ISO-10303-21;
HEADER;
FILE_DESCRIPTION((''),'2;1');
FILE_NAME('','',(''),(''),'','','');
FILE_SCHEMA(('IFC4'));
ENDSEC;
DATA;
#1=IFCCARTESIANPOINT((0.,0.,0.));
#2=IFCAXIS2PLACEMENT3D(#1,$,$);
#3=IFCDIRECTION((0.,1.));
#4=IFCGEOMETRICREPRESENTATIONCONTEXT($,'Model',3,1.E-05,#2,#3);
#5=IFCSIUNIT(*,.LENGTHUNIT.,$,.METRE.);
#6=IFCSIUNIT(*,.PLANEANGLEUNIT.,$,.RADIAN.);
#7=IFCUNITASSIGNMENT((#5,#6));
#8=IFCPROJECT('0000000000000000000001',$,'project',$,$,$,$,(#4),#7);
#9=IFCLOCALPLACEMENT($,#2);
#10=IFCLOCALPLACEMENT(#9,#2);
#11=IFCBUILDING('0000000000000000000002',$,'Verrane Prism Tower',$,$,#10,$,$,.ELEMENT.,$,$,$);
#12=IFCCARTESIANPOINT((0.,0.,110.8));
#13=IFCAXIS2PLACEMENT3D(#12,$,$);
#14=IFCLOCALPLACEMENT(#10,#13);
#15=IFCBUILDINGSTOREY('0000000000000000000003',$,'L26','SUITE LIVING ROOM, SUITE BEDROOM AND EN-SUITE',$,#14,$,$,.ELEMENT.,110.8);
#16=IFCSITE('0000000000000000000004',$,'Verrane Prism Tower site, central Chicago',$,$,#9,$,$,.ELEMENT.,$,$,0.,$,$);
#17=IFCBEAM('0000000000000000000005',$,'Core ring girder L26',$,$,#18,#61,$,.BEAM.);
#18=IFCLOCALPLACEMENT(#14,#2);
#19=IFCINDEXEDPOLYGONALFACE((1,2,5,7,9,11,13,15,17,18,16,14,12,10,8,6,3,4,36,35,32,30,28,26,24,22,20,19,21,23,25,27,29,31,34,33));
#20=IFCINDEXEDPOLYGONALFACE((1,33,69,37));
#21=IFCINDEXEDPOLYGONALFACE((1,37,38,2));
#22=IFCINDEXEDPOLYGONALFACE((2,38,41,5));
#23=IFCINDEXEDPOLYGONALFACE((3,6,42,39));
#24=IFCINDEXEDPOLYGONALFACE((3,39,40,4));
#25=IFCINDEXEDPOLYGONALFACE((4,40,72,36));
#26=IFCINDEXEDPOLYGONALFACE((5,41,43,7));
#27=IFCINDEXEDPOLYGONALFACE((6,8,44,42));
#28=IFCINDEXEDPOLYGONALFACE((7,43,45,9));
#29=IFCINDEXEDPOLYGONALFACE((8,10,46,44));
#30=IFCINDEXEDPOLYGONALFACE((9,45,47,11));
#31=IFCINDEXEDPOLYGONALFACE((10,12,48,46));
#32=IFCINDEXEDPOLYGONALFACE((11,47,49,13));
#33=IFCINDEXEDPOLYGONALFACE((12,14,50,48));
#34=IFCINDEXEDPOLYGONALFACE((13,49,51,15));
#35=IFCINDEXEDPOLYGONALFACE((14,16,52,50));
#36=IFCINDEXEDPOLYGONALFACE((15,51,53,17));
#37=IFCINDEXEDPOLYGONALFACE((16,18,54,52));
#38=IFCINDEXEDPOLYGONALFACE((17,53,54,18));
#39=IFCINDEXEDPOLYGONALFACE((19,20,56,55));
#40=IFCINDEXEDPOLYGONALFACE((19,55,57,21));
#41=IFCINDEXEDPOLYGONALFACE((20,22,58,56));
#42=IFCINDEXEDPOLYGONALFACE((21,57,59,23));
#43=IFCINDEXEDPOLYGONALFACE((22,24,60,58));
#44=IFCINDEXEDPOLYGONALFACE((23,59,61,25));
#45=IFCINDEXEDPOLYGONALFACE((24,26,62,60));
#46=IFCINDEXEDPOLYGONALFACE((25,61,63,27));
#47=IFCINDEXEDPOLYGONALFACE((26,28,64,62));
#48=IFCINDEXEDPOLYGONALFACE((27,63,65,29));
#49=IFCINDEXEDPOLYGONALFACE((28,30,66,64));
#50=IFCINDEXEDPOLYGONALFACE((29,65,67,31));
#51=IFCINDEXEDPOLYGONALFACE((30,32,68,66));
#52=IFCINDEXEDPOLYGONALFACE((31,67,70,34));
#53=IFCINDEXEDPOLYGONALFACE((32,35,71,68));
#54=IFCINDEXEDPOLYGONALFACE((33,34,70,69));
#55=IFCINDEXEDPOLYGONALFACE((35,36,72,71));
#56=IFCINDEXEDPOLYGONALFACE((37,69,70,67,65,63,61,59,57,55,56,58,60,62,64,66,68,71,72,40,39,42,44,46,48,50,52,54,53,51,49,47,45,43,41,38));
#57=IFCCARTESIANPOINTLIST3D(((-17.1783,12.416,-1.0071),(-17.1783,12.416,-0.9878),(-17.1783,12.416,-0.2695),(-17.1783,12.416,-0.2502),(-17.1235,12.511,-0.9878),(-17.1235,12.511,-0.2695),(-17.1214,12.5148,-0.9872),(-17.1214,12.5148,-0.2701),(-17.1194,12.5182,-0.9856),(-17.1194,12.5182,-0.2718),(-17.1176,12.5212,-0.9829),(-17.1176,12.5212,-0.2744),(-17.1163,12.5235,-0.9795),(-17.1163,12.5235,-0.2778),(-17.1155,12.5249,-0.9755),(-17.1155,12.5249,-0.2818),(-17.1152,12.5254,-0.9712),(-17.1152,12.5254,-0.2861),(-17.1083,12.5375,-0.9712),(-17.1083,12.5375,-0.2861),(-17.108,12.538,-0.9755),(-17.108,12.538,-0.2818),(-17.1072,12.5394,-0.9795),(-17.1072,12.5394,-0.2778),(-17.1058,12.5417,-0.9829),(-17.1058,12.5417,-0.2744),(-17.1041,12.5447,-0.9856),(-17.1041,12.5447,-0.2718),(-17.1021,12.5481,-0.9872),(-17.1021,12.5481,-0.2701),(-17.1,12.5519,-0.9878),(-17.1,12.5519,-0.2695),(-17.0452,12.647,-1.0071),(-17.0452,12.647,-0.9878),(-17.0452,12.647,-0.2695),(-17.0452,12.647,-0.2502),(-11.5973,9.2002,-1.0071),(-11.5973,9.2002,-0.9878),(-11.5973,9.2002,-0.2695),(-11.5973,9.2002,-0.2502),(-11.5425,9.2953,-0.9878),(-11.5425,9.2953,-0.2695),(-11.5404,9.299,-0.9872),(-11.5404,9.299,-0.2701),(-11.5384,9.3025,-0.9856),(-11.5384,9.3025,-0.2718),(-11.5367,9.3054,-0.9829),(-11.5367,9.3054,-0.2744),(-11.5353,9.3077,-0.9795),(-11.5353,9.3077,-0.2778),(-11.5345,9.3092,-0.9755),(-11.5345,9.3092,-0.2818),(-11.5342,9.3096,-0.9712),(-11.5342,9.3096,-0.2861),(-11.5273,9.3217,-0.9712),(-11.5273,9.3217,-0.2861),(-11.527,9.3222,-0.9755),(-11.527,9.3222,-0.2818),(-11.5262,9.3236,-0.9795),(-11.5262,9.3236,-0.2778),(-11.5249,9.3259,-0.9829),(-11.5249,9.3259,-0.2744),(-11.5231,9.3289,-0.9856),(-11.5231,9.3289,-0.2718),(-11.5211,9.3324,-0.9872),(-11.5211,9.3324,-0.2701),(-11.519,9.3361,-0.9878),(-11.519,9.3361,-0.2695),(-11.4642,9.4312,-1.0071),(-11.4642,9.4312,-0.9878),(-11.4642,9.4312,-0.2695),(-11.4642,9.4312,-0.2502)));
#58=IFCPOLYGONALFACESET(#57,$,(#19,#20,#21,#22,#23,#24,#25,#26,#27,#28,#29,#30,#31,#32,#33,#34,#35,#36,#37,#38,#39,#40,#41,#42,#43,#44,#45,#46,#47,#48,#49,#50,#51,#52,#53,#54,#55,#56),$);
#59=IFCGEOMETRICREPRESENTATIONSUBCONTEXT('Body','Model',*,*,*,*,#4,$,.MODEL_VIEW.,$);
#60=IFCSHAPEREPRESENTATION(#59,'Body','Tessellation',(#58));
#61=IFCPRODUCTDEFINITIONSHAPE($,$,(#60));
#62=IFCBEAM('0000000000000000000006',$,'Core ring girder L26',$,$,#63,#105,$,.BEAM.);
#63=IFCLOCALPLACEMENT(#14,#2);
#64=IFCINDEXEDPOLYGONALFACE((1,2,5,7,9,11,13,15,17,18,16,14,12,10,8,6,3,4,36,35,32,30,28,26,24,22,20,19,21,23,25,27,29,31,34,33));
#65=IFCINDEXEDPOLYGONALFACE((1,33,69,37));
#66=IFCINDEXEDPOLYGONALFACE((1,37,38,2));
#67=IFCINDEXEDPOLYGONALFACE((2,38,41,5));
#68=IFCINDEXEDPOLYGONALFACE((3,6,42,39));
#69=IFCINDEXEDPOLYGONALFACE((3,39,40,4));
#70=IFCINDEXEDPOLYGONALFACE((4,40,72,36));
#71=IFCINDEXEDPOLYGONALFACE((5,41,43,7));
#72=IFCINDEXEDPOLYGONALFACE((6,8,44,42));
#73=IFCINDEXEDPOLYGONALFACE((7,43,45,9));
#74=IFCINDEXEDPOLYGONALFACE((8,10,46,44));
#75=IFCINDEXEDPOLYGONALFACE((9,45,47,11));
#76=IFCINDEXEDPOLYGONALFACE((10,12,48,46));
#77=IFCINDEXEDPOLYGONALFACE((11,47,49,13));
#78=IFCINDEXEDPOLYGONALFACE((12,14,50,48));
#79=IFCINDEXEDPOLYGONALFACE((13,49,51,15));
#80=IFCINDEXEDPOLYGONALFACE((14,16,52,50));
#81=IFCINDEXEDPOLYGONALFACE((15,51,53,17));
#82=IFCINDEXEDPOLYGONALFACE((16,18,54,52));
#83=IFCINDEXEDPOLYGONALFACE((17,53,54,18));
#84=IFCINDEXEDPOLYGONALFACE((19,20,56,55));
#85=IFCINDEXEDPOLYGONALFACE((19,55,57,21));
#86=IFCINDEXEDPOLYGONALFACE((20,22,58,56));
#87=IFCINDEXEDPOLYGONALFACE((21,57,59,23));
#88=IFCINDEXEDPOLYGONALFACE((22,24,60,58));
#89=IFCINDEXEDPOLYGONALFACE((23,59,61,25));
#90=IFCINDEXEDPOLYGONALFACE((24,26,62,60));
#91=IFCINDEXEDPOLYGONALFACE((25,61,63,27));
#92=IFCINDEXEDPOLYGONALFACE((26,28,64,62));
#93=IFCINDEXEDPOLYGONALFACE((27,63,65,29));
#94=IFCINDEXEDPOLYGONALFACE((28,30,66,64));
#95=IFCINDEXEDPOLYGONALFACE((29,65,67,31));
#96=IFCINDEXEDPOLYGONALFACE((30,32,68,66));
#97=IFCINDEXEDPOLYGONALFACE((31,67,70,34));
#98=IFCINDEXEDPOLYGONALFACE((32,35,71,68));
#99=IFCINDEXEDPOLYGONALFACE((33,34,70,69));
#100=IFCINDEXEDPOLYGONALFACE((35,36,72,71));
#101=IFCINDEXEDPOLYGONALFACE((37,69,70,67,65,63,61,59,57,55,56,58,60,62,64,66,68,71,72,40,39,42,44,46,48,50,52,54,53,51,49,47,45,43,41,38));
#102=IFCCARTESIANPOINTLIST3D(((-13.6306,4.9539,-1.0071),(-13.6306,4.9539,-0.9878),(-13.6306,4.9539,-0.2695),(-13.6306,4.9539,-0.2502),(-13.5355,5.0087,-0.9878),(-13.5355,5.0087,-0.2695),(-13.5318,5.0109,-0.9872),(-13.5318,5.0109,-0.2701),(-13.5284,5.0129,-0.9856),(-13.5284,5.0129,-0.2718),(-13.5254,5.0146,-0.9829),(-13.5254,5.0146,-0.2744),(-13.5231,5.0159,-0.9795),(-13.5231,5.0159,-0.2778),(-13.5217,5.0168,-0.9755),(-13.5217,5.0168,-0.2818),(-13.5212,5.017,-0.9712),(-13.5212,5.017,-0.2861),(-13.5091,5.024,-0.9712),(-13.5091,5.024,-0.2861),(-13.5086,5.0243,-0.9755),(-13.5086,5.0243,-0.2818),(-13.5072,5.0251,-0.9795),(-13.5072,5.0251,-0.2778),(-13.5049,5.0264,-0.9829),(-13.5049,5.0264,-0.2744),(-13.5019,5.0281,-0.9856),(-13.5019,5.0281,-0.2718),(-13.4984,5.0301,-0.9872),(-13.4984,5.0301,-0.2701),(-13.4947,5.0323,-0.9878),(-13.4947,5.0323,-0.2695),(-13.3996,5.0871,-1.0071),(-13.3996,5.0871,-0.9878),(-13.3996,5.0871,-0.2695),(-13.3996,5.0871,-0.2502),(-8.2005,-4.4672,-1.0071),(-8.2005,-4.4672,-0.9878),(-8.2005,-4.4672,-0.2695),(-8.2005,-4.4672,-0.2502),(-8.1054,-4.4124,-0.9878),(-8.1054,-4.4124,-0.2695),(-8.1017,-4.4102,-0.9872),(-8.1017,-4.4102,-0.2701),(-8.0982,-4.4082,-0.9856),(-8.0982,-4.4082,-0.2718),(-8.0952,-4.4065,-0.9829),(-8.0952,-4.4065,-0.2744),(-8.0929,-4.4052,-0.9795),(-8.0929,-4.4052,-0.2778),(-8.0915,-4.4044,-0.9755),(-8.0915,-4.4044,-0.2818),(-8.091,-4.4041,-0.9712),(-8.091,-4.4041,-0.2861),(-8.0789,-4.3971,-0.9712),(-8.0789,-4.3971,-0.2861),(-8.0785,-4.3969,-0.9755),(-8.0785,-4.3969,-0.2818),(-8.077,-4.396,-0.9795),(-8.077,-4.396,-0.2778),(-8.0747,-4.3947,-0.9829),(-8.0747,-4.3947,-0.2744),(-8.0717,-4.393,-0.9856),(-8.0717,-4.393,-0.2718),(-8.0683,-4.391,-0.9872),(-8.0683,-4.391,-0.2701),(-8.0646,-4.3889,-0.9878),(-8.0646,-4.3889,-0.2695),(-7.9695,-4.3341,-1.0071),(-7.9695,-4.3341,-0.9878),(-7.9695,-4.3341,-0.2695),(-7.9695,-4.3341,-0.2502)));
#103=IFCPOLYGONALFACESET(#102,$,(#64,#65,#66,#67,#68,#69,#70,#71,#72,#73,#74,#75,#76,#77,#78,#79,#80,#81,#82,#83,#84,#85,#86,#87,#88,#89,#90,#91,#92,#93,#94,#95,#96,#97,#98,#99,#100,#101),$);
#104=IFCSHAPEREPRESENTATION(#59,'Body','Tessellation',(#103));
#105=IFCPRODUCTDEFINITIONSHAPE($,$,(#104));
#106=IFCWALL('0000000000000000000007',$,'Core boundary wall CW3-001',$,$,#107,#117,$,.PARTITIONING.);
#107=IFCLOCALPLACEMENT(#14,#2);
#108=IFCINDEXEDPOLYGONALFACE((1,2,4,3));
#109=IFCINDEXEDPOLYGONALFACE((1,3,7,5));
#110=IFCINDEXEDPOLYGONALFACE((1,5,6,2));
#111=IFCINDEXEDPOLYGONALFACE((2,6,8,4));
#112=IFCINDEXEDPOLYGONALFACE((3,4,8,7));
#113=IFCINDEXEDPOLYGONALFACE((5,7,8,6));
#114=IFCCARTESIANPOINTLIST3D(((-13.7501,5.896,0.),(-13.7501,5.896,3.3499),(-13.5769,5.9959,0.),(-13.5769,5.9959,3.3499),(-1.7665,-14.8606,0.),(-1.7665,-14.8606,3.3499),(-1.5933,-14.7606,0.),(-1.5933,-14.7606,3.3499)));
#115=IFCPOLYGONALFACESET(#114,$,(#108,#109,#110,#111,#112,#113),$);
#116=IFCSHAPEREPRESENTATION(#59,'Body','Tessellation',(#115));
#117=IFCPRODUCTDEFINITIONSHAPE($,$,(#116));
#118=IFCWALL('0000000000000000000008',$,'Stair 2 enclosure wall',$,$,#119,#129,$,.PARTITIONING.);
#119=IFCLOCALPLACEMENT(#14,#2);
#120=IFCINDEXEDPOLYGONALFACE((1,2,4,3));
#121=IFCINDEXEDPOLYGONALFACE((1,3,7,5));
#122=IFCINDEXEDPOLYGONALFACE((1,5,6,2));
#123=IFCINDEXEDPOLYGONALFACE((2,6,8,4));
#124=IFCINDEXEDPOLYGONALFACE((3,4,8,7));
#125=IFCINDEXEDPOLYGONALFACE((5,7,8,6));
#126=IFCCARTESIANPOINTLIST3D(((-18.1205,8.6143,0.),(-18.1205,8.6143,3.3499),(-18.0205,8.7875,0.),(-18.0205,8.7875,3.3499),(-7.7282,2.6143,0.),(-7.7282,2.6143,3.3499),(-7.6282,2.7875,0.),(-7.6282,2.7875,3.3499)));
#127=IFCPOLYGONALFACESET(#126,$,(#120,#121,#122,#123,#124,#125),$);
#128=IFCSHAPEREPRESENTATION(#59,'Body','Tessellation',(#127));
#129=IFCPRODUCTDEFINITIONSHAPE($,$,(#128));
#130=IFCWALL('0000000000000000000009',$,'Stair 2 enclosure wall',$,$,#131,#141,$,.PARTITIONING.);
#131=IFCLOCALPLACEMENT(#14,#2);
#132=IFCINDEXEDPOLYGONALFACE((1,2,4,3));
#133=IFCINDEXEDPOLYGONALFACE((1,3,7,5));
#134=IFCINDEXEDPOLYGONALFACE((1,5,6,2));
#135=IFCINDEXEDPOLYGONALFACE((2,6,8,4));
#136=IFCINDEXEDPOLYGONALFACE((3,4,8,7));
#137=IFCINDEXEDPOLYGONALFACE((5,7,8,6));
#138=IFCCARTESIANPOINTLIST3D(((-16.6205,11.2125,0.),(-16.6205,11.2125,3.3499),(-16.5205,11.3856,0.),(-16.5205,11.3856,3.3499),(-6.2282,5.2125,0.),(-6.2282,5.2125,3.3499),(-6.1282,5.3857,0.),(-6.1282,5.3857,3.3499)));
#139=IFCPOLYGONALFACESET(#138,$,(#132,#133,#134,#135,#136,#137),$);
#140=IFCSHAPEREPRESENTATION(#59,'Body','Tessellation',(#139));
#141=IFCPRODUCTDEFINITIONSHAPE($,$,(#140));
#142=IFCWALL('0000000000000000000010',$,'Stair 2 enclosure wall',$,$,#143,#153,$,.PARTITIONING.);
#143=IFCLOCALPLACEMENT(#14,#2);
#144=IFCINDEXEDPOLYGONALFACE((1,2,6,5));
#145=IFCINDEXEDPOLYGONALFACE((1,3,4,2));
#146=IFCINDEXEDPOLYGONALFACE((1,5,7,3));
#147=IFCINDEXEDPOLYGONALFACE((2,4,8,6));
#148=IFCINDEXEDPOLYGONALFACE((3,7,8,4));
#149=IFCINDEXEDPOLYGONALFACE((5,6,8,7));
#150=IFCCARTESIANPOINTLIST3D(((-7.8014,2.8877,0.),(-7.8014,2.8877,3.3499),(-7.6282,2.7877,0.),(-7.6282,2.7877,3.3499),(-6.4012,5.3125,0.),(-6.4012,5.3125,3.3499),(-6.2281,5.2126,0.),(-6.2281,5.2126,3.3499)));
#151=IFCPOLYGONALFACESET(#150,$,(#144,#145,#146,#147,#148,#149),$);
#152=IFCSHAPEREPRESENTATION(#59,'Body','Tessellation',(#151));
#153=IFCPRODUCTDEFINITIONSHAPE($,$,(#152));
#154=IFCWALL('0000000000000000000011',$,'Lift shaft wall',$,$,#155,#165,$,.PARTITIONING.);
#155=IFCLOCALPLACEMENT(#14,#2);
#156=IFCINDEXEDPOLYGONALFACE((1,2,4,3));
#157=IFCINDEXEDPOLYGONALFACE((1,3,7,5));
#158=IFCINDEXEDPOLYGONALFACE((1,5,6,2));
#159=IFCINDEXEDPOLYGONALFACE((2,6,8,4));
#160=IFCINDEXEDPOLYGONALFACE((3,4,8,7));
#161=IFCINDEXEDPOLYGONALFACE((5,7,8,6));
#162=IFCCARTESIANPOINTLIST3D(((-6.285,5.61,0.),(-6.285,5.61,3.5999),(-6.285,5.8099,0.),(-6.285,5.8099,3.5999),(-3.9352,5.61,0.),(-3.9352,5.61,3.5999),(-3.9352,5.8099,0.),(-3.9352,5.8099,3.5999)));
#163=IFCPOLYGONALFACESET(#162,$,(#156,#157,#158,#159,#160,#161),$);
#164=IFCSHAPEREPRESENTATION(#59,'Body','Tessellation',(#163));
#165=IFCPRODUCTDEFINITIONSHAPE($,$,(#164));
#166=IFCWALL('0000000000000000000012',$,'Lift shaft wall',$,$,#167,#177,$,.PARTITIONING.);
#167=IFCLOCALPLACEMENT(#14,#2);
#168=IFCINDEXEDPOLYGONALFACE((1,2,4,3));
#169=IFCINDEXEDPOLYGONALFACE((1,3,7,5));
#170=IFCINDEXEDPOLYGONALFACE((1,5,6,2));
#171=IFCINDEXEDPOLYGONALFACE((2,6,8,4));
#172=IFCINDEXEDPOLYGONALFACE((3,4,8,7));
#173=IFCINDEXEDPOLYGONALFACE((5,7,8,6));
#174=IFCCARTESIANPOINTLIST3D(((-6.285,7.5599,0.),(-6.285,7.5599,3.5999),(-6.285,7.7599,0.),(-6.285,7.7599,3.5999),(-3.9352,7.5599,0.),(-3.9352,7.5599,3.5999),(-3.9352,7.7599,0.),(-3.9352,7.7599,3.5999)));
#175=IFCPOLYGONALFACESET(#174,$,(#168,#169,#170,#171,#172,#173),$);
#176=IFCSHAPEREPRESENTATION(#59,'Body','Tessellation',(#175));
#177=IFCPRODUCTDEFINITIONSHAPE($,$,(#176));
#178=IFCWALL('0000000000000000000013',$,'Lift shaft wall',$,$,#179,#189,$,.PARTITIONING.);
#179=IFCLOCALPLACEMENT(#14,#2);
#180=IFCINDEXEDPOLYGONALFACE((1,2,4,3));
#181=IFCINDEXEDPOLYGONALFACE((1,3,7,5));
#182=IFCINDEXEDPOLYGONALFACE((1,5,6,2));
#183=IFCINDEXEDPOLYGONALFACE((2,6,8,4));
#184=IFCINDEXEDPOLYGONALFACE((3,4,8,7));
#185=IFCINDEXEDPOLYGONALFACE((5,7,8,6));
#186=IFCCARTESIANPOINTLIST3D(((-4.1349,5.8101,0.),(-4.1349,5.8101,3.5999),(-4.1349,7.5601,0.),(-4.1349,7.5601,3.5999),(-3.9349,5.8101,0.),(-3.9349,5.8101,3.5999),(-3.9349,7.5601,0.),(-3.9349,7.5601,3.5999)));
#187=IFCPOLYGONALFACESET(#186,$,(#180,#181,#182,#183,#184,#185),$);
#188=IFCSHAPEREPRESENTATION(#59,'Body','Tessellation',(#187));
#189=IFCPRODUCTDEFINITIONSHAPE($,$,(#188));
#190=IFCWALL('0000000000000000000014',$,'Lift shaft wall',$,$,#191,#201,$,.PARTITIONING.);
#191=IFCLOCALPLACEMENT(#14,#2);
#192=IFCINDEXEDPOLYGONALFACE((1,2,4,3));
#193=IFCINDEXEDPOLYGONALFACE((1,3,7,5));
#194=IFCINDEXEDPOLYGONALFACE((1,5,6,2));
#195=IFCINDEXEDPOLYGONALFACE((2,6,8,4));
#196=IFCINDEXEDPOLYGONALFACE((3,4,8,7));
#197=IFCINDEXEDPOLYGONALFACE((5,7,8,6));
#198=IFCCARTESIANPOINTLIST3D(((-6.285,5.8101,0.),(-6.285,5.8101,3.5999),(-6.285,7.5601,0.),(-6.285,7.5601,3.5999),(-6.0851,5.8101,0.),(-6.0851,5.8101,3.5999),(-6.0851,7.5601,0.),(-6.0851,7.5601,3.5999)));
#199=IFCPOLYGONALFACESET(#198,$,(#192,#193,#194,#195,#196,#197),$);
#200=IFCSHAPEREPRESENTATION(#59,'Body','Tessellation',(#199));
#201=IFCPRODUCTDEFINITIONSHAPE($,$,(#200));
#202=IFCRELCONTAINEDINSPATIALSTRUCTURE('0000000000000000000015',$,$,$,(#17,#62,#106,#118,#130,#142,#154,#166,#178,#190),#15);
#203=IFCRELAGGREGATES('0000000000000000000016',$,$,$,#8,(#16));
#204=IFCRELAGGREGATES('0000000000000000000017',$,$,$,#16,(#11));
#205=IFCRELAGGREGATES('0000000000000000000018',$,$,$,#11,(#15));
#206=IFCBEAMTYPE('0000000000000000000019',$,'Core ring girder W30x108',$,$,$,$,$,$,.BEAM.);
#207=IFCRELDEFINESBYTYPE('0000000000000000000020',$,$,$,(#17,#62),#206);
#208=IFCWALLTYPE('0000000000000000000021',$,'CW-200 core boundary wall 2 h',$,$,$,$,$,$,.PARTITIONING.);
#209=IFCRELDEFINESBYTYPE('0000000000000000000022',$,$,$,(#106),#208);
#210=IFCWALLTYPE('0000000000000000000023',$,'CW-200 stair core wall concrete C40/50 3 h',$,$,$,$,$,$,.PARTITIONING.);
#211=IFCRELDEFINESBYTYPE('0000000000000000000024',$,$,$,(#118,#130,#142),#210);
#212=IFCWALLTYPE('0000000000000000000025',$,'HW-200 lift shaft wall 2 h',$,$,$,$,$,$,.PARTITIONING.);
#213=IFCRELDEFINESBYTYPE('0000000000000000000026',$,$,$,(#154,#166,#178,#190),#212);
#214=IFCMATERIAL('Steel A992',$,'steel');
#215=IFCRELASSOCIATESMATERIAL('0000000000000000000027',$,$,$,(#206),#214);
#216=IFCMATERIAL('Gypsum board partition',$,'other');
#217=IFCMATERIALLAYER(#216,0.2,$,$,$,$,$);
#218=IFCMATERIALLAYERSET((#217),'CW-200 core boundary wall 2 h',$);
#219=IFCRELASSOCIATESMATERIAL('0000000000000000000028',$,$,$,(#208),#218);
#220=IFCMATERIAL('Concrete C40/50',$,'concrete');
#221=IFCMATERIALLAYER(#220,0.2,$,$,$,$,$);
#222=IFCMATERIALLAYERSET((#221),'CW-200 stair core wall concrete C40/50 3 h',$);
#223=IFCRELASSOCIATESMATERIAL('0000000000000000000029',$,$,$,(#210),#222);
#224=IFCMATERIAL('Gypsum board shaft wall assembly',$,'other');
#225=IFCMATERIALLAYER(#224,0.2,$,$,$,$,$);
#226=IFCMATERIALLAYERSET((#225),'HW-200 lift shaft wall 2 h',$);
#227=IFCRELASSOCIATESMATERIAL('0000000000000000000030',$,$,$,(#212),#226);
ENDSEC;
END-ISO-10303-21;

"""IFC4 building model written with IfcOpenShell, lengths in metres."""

from ifc_helpers import new_model, si_unit, direction, frame, frame_2d, origin, origin_2d, place, context, subcontext, project, spatial, rectangle, i_section, extrude, material, layer, layer_set, material_profile, profile_set, type_object, element, save


model = new_model("IFC4")

# Units and contexts
model_context = context("Model", 3, precision=1e-05, world=origin(), true_north=direction((0.0, 1.0)))
body_context = subcontext(model_context, "Body", "Model", "MODEL_VIEW")
ifc_project = project(units=[si_unit("LENGTHUNIT", "METRE"), si_unit("PLANEANGLEUNIT", "RADIAN")], contexts=[model_context])

# Site, building, storey
site_placement = place(None, origin())
site = spatial("IfcSite", under=ifc_project, at=site_placement, Name="Verrane Prism Tower site, central Chicago", CompositionType="ELEMENT", RefElevation=0.0)
building_placement = place(site_placement, origin())
building = spatial("IfcBuilding", under=site, at=building_placement, Name="Verrane Prism Tower", CompositionType="ELEMENT")
storey_placement = place(building_placement, frame((0.0, 0.0, 110.8)))
storey = spatial("IfcBuildingStorey", under=building, at=storey_placement, Name="L26", Description="SUITE LIVING ROOM, SUITE BEDROOM AND EN-SUITE", CompositionType="ELEMENT", Elevation=110.8)

# Beams
ifc_material_1 = material(Name="Steel A992", Category="steel")
ifc_material_profile_1 = material_profile(ifc_material_1, i_section(OverallWidth=0.2666, OverallDepth=0.7568, WebThickness=0.0139, FlangeThickness=0.0193, FilletRadius=0.0166, at=origin_2d()), Name="W30x108")
ifc_profile_set_1 = profile_set([ifc_material_profile_1], Name="Steel A992")
beam_type = type_object("IfcBeamType", Name="Core ring girder W30x108", PredefinedType="BEAM", material=ifc_profile_set_1)
beam_1_placement = place(storey_placement, frame((-11.5308, 9.3157, -0.6287), z_axis=(-0.866456, 0.499254, 0.0), x_axis=(-0.499254, -0.866456, 0.0)))
element("IfcBeam", 1, at=beam_1_placement, inside=storey, type_object=beam_type, Name="Core ring girder L26", PredefinedType="BEAM", context=body_context, shape_type="SweptSolid", body=[
    extrude(i_section(OverallWidth=0.2666, OverallDepth=0.7568, WebThickness=0.0139, FlangeThickness=0.0193, FilletRadius=0.0166, at=origin_2d()), origin(), (0.0, 0.0, 1.0), 6.4412),
])
beam_2_placement = place(storey_placement, frame((-13.5151, 5.0205, -0.6287), z_axis=(0.499371, -0.866388, 0.0), x_axis=(0.866388, 0.499371, 0.0)))
element("IfcBeam", 2, at=beam_2_placement, inside=storey, type_object=beam_type, Name="Core ring girder L26", PredefinedType="BEAM", context=body_context, shape_type="SweptSolid", body=[
    extrude(i_section(OverallWidth=0.2666, OverallDepth=0.7568, WebThickness=0.0139, FlangeThickness=0.0193, FilletRadius=0.0166, at=origin_2d()), origin(), (0.0, 0.0, 1.0), 10.874),
])

# Walls
ifc_material_2 = material(Name="Gypsum board partition", Category="other")
ifc_layer_1 = layer(ifc_material_2, 0.2)
ifc_layer_set_1 = layer_set([ifc_layer_1], Name="CW-200 core boundary wall 2 h")
wall_type_1 = type_object("IfcWallType", Name="CW-200 core boundary wall 2 h", PredefinedType="PARTITIONING", material=ifc_layer_set_1)
wall_1_placement = place(storey_placement, frame((-13.6636, 5.946, 0.0), z_axis=(0.0, 0.0, 1.0), x_axis=(0.499994, -0.866029, 0.0)))
element("IfcWall", 3, at=wall_1_placement, inside=storey, type_object=wall_type_1, Name="Core boundary wall CW3-001", PredefinedType="PARTITIONING", context=body_context, shape_type="SweptSolid", body=[
    extrude(rectangle(XDim=23.9675, YDim=0.2, at=frame_2d((11.9839, 0.0))), origin(), (0.0, 0.0, 1.0), 3.3499),
])
ifc_material_3 = material(Name="Concrete C40/50", Category="concrete")
ifc_layer_2 = layer(ifc_material_3, 0.2)
ifc_layer_set_2 = layer_set([ifc_layer_2], Name="CW-200 stair core wall concrete C40/50 3 h")
wall_type_2 = type_object("IfcWallType", Name="CW-200 stair core wall concrete C40/50 3 h", PredefinedType="PARTITIONING", material=ifc_layer_set_2)
for number, where, z_axis, x_axis, name in (
    (4, (-7.6782, 2.7009, 0.0), (0.0, 0.0, 1.0), (-0.866026, 0.499999, 0.0), "Stair 2 enclosure wall"),
    (5, (-6.1782, 5.2991, 0.0), (0.0, 0.0, 1.0), (-0.866026, 0.499999, 0.0), "Stair 2 enclosure wall"),
):
    element("IfcWall", number, at=place(storey_placement, frame(where, z_axis=z_axis, x_axis=x_axis)), inside=storey, type_object=wall_type_2, Name=name, PredefinedType="PARTITIONING", context=body_context, shape_type="SweptSolid", body=[
        extrude(rectangle(XDim=12.0, YDim=0.2, at=frame_2d((6.0, 0.0))), origin(), (0.0, 0.0, 1.0), 3.3499),
    ])
wall_2_placement = place(storey_placement, frame((-6.3147, 5.2625, 0.0), z_axis=(0.0, 0.0, 1.0), x_axis=(-0.50005, -0.865997, 0.0)))
element("IfcWall", 6, at=wall_2_placement, inside=storey, type_object=wall_type_2, Name="Stair 2 enclosure wall", PredefinedType="PARTITIONING", context=body_context, shape_type="SweptSolid", body=[
    extrude(rectangle(XDim=2.8, YDim=0.2, at=frame_2d((1.3999, 0.0))), origin(), (0.0, 0.0, 1.0), 3.3499),
])
ifc_material_4 = material(Name="Gypsum board shaft wall assembly", Category="other")
ifc_layer_3 = layer(ifc_material_4, 0.2)
ifc_layer_set_3 = layer_set([ifc_layer_3], Name="HW-200 lift shaft wall 2 h")
wall_type_3 = type_object("IfcWallType", Name="HW-200 lift shaft wall 2 h", PredefinedType="PARTITIONING", material=ifc_layer_set_3)
for number, where, z_axis, x_axis, name in (
    (7, (-6.2849, 5.71, 0.0), (0.0, 0.0, 1.0), (1.0, 0.0, 0.0), "Lift shaft wall"),
    (8, (-6.2849, 7.6599, 0.0), (0.0, 0.0, 1.0), (1.0, 0.0, 0.0), "Lift shaft wall"),
):
    element("IfcWall", number, at=place(storey_placement, frame(where, z_axis=z_axis, x_axis=x_axis)), inside=storey, type_object=wall_type_3, Name=name, PredefinedType="PARTITIONING", context=body_context, shape_type="SweptSolid", body=[
        extrude(rectangle(XDim=2.3499, YDim=0.2, at=frame_2d((1.1748, 0.0))), origin(), (0.0, 0.0, 1.0), 3.5999),
    ])
for number, where, z_axis, x_axis, name in (
    (9, (-4.0349, 5.8101, 0.0), (0.0, 0.0, 1.0), (0.0, 1.0, 0.0), "Lift shaft wall"),
    (10, (-6.1851, 5.8101, 0.0), (0.0, 0.0, 1.0), (0.0, 1.0, 0.0), "Lift shaft wall"),
):
    element("IfcWall", number, at=place(storey_placement, frame(where, z_axis=z_axis, x_axis=x_axis)), inside=storey, type_object=wall_type_3, Name=name, PredefinedType="PARTITIONING", context=body_context, shape_type="SweptSolid", body=[
        extrude(rectangle(XDim=1.75, YDim=0.2, at=frame_2d((0.875, 0.0))), origin(), (0.0, 0.0, 1.0), 3.5999),
    ])

save(model, "model.ifc")
